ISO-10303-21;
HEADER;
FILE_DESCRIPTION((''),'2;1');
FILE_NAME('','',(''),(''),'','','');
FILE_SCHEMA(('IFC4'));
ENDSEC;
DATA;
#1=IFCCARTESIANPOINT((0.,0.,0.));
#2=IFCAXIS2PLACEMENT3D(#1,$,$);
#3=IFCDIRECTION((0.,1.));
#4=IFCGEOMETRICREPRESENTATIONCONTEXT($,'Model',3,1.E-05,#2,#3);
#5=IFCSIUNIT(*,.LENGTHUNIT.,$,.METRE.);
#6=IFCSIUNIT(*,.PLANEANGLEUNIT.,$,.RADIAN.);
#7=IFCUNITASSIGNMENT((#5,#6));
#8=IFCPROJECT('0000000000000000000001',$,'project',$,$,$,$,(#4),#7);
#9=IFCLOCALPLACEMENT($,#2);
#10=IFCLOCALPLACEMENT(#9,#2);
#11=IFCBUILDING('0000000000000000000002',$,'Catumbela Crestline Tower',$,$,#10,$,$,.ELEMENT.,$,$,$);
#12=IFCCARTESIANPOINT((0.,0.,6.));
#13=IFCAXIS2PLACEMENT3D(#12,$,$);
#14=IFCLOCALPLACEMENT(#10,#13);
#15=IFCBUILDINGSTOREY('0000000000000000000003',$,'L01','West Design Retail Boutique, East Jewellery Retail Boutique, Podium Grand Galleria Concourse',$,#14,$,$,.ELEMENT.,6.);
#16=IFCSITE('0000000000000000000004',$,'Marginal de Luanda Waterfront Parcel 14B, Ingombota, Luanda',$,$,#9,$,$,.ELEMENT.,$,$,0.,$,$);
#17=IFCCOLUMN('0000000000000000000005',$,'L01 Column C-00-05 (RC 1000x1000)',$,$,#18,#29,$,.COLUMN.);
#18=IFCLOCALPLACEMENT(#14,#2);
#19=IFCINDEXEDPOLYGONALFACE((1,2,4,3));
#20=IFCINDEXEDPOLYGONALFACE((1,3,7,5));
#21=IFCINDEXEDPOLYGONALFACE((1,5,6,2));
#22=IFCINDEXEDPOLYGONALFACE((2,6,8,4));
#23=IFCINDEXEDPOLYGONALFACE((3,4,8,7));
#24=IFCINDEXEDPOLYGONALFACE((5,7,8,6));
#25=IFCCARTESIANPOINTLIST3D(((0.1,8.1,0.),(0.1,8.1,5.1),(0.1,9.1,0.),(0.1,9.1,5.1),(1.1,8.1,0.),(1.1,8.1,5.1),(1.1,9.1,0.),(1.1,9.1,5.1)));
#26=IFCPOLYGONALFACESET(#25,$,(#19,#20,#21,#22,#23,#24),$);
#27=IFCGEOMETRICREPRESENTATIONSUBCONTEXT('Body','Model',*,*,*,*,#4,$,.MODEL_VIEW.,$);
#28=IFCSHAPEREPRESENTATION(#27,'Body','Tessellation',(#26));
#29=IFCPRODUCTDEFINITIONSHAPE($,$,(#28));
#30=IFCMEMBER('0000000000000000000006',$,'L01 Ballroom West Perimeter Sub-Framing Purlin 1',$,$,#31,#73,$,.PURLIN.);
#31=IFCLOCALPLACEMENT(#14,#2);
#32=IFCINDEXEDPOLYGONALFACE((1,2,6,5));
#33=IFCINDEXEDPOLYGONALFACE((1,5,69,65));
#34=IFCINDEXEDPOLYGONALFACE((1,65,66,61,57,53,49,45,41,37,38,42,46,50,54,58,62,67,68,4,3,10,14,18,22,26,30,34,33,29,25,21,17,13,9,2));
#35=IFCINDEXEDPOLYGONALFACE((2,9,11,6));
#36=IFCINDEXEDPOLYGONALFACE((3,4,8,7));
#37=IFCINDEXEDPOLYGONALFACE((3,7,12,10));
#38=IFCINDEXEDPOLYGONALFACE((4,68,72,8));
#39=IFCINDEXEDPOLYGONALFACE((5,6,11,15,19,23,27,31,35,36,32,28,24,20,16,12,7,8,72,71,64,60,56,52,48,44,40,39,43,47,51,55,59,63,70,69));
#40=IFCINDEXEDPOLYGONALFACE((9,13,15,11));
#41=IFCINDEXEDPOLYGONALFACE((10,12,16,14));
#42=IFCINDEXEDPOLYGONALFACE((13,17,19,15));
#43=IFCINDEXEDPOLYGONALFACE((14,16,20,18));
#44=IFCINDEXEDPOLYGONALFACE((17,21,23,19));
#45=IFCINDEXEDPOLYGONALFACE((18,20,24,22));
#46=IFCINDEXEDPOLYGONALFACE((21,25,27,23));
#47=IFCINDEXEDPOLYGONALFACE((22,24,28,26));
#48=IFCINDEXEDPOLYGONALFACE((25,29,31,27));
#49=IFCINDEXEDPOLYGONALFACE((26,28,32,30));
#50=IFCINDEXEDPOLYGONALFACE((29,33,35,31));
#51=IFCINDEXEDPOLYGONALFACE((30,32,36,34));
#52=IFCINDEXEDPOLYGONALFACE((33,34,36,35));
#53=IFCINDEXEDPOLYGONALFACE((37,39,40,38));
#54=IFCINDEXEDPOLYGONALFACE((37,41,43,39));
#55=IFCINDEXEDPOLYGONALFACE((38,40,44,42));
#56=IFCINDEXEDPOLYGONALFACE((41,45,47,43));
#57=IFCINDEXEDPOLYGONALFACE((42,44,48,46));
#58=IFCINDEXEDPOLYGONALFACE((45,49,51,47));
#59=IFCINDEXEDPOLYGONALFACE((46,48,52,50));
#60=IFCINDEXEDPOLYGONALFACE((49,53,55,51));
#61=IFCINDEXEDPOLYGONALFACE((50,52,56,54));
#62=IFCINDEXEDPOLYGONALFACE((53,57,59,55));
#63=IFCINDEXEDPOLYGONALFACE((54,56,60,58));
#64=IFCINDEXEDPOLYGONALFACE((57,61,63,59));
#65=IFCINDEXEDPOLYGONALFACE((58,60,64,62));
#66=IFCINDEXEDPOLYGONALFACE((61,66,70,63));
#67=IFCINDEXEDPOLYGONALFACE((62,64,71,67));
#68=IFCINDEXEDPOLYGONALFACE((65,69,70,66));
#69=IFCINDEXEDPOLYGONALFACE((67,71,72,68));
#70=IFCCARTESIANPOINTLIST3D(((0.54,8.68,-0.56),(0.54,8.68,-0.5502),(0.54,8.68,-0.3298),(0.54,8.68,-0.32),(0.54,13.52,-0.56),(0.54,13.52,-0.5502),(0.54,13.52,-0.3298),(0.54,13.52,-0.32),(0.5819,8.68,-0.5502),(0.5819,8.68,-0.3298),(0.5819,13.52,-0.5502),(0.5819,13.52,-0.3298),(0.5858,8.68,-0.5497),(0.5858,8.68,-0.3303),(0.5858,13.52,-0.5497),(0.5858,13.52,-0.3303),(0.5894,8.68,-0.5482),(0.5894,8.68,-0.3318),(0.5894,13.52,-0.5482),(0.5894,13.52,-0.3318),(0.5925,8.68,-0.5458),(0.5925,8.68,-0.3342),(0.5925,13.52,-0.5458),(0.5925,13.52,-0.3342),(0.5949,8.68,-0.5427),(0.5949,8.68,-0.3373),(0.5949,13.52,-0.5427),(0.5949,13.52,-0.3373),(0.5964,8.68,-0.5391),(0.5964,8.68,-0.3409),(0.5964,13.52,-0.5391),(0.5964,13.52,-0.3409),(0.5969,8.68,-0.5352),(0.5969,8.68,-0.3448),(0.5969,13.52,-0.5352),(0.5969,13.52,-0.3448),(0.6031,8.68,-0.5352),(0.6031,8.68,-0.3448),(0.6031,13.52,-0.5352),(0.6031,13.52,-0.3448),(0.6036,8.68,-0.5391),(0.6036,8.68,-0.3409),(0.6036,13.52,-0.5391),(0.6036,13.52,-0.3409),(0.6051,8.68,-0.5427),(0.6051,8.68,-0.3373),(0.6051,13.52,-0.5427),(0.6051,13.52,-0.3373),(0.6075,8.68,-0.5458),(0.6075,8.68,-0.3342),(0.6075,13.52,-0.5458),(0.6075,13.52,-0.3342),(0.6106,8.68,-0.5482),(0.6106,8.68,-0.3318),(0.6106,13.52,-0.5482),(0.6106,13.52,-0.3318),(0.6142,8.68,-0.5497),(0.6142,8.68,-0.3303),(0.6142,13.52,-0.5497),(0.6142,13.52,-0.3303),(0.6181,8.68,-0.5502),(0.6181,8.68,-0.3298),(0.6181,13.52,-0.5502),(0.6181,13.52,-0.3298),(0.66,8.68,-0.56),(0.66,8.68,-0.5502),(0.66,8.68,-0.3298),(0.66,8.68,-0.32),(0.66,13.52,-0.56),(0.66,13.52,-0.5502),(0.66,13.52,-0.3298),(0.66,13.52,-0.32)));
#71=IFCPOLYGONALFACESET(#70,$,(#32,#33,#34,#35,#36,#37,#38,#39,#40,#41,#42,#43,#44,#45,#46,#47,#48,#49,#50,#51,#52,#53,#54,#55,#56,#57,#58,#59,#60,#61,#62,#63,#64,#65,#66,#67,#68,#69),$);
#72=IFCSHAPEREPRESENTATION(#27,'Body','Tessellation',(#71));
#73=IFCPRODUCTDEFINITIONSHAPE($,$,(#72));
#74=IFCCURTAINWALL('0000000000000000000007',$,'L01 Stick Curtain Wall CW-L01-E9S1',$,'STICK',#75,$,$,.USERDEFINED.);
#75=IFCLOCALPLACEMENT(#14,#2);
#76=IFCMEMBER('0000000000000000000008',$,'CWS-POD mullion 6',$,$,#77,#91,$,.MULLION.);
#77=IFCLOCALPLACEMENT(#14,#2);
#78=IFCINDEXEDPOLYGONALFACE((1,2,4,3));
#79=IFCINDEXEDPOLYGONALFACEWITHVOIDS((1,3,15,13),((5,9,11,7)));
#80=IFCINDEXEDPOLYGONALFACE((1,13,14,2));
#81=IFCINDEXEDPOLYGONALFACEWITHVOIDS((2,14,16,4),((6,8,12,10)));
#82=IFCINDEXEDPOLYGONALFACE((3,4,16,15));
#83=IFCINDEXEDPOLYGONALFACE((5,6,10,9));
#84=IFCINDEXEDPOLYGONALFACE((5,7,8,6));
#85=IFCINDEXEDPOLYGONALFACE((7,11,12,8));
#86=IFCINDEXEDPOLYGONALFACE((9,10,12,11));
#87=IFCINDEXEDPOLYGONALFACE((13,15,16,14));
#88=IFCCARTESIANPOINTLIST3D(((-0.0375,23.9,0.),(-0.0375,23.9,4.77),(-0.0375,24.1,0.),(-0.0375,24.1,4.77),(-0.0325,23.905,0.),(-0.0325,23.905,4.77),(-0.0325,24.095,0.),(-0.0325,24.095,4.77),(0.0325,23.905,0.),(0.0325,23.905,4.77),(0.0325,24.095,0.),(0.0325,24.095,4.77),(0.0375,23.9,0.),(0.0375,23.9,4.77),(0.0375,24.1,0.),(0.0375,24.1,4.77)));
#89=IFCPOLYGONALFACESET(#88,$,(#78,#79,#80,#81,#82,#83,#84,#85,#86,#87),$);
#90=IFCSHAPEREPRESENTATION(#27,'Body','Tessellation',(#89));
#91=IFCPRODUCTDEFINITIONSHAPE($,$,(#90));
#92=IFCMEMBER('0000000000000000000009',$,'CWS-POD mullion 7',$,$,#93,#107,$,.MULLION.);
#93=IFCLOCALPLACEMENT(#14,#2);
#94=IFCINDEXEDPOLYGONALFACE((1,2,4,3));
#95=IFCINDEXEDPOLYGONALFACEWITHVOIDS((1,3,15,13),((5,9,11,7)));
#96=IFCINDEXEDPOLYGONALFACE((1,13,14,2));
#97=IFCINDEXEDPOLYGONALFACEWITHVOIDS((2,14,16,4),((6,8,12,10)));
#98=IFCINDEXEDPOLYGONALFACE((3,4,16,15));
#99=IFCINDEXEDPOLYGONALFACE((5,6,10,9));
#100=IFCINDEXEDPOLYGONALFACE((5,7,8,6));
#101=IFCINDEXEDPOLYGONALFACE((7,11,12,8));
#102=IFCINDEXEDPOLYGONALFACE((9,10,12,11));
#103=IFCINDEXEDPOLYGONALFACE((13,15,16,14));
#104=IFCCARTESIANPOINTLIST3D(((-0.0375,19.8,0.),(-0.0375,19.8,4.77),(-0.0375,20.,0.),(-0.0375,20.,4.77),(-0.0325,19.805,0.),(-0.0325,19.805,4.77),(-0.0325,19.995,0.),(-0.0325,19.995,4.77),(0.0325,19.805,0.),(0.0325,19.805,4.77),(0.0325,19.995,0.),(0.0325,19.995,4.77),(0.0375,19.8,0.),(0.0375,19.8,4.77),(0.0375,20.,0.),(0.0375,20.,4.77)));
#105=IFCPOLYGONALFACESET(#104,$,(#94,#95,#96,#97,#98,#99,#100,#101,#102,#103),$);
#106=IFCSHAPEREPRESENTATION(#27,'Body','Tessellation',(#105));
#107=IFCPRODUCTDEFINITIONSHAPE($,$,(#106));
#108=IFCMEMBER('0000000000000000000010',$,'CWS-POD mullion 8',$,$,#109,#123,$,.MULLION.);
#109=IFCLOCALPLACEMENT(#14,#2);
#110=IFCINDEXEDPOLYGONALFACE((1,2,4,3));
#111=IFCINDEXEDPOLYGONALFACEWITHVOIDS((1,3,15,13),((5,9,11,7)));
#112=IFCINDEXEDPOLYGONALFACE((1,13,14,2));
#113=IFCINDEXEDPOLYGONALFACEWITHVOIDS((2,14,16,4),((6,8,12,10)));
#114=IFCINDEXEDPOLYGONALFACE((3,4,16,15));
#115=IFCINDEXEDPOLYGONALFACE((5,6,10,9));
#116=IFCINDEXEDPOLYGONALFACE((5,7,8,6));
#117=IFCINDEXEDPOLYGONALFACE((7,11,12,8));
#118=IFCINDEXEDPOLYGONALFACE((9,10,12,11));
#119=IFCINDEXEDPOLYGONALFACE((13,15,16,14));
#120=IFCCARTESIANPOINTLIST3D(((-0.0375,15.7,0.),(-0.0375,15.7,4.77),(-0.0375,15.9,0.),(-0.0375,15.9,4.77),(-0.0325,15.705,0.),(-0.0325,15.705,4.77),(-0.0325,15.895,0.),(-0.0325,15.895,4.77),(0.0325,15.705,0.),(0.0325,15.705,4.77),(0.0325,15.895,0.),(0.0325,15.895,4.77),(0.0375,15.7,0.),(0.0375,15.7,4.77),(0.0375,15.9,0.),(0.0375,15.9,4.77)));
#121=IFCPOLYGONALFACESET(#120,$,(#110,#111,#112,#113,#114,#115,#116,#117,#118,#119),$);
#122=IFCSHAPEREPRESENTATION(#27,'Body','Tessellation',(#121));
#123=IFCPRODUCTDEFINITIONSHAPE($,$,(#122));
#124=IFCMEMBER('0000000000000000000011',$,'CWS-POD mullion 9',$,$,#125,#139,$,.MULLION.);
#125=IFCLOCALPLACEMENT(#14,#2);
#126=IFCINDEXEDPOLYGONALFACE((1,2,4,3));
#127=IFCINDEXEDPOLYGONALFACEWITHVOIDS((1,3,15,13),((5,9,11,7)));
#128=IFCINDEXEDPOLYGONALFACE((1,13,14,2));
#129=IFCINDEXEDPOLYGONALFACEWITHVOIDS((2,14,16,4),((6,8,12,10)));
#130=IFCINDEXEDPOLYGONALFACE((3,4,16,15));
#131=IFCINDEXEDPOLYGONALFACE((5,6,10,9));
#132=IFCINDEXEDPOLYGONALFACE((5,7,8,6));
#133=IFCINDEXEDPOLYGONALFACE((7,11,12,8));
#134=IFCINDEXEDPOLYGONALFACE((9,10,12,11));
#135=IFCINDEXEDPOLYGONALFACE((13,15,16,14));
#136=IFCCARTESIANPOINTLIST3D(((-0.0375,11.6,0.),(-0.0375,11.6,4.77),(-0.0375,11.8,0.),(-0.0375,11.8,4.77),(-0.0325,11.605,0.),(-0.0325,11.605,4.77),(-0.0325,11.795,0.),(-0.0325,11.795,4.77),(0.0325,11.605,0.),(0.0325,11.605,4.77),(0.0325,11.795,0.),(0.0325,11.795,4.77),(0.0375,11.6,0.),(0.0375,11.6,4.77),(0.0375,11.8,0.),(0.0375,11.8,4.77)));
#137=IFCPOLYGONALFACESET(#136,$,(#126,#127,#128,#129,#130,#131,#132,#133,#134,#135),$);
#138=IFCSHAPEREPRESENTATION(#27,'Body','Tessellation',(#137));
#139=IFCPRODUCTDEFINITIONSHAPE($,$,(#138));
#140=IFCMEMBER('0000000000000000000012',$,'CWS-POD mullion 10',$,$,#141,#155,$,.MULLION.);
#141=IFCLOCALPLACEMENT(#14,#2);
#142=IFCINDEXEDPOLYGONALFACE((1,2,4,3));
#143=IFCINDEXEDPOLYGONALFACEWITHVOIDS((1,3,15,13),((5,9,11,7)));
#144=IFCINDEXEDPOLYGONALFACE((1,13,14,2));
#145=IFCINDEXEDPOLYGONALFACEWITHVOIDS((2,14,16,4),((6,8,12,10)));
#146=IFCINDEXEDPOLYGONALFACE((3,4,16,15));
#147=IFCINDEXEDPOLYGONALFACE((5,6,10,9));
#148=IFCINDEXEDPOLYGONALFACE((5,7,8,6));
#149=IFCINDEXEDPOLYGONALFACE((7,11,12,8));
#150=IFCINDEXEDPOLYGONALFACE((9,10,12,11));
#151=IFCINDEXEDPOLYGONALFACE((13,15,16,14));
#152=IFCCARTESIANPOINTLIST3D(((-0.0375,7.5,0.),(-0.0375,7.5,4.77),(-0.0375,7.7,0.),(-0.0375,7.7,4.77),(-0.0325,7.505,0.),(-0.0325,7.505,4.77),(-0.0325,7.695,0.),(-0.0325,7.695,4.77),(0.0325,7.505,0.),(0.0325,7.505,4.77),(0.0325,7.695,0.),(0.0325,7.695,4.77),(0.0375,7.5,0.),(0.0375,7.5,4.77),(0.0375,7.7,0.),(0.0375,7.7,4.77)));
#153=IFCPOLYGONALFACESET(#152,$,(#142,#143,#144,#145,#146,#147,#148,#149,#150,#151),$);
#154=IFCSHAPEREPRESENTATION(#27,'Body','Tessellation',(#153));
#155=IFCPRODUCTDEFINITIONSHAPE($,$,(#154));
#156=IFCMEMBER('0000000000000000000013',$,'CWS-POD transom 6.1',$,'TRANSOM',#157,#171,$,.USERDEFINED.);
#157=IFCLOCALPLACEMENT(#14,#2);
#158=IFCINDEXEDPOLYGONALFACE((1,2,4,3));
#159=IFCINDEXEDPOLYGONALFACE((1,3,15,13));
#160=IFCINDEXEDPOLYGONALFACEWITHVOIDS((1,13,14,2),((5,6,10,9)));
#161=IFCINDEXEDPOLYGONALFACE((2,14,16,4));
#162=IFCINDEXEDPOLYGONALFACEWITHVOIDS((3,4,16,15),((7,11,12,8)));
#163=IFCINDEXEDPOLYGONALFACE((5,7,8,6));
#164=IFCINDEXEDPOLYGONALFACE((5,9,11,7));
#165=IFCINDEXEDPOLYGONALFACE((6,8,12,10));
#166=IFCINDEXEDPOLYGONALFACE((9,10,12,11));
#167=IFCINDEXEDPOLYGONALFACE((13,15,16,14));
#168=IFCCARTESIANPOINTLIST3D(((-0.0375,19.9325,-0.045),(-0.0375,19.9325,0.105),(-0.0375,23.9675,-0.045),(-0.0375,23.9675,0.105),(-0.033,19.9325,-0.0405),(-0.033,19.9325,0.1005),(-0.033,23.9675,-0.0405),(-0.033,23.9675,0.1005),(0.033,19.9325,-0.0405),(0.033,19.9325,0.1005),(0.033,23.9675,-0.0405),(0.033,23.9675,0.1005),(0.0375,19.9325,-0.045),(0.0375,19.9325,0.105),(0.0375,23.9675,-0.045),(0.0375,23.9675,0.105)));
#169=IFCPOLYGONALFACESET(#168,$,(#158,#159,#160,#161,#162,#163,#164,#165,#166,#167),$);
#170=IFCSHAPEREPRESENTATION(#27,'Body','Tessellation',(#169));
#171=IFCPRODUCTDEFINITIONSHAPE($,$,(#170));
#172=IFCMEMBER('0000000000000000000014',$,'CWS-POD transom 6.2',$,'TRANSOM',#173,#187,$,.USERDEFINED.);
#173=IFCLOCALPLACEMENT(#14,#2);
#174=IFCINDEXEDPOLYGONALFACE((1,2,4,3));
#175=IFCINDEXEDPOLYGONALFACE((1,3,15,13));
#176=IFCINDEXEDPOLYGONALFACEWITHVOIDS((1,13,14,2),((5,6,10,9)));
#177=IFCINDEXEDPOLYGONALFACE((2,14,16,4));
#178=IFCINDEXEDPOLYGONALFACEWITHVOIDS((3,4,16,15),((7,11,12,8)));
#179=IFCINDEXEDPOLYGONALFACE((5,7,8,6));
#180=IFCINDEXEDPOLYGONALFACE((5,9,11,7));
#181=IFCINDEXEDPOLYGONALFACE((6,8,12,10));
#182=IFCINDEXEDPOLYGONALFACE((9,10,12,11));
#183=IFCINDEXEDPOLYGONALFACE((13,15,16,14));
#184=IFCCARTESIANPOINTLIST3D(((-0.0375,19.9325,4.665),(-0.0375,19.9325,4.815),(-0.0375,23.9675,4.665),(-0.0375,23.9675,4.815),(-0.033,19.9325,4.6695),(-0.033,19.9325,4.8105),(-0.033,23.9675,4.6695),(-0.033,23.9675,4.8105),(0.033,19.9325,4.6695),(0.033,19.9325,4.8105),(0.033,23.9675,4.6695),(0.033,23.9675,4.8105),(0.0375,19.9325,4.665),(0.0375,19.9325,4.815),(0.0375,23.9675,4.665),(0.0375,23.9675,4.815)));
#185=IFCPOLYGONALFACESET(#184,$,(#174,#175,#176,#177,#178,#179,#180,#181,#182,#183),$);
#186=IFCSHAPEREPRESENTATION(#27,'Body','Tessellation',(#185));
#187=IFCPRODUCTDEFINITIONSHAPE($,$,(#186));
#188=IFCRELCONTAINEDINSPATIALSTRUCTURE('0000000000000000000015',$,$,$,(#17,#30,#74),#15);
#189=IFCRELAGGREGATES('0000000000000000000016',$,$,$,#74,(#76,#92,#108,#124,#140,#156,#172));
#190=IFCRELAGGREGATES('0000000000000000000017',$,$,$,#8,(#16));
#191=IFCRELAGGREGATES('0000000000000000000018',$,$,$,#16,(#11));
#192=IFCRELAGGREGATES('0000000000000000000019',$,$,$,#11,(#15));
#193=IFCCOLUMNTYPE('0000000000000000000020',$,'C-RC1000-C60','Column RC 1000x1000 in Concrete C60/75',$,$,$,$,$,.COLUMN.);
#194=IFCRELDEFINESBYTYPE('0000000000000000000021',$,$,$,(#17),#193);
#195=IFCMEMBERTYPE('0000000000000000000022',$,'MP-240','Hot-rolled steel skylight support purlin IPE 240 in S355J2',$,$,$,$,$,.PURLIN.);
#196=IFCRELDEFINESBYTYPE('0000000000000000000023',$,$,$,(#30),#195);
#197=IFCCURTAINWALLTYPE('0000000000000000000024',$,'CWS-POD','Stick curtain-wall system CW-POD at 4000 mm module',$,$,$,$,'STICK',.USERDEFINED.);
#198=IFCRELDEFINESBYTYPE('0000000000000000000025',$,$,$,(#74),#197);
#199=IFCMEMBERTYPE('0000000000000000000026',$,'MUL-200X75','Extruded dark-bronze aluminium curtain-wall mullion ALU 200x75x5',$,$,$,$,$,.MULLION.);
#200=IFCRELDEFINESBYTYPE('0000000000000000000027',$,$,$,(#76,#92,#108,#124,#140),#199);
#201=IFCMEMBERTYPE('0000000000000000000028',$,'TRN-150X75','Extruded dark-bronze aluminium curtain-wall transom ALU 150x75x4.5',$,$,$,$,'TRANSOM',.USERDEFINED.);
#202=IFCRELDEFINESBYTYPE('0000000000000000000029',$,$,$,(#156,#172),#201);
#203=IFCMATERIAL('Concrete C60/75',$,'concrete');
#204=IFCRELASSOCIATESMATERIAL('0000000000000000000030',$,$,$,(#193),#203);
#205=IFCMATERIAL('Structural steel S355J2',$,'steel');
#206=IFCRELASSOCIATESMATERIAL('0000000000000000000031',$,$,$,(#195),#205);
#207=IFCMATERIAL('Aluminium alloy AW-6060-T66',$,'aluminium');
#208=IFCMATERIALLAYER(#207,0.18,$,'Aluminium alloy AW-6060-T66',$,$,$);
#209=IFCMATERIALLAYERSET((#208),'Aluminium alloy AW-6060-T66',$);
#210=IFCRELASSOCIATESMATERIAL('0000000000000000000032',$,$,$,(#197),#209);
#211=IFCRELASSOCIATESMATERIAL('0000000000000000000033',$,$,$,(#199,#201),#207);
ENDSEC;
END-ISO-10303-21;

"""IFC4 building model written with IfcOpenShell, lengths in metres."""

from ifc_helpers import new_model, si_unit, direction, frame, origin, origin_2d, place, context, subcontext, project, spatial, rectangle, hollow_rectangle, i_section, extrude, material, layer, layer_set, material_profile, profile_set, type_object, element, aggregate, save


model = new_model("IFC4")

# Units and contexts
model_context = context("Model", 3, precision=1e-05, world=origin(), true_north=direction((0.0, 1.0)))
body_context = subcontext(model_context, "Body", "Model", "MODEL_VIEW")
ifc_project = project(units=[si_unit("LENGTHUNIT", "METRE"), si_unit("PLANEANGLEUNIT", "RADIAN")], contexts=[model_context])

# Site, building, storey
site_placement = place(None, origin())
site = spatial("IfcSite", under=ifc_project, at=site_placement, Name="Marginal de Luanda Waterfront Parcel 14B, Ingombota, Luanda", CompositionType="ELEMENT", RefElevation=0.0)
building_placement = place(site_placement, origin())
building = spatial("IfcBuilding", under=site, at=building_placement, Name="Catumbela Crestline Tower", CompositionType="ELEMENT")
storey_placement = place(building_placement, frame((0.0, 0.0, 6.0)))
storey = spatial("IfcBuildingStorey", under=building, at=storey_placement, Name="L01", Description="West Design Retail Boutique, East Jewellery Retail Boutique, Podium Grand Galleria Concourse", CompositionType="ELEMENT", Elevation=6.0)

# Column
ifc_material_1 = material(Name="Concrete C60/75", Category="concrete")
ifc_material_profile_1 = material_profile(ifc_material_1, rectangle(XDim=1.0, YDim=1.0, at=origin_2d()), Name="RC 1000x1000")
ifc_profile_set_1 = profile_set([ifc_material_profile_1], Name="Concrete C60/75")
column_type = type_object("IfcColumnType", Name="C-RC1000-C60", Description="Column RC 1000x1000 in Concrete C60/75", PredefinedType="COLUMN", material=ifc_profile_set_1)
column_placement = place(storey_placement, frame((0.6, 8.6, 0.0), z_axis=(0.0, 0.0, 1.0), x_axis=(1.0, 0.0, 0.0)))
element("IfcColumn", 1, at=column_placement, inside=storey, type_object=column_type, Name="L01 Column C-00-05 (RC 1000x1000)", PredefinedType="COLUMN", context=body_context, shape_type="SweptSolid", body=[
    extrude(rectangle(XDim=1.0, YDim=1.0, at=origin_2d()), origin(), (0.0, 0.0, 1.0), 5.1),
])

# Member
ifc_material_2 = material(Name="Structural steel S355J2", Category="steel")
ifc_material_profile_2 = material_profile(ifc_material_2, i_section(OverallWidth=0.12, OverallDepth=0.24, WebThickness=0.0062, FlangeThickness=0.0098, FilletRadius=0.015, at=origin_2d()), Name="IPE 240")
ifc_profile_set_2 = profile_set([ifc_material_profile_2], Name="Structural steel S355J2")
member_type_1 = type_object("IfcMemberType", Name="MP-240", Description="Hot-rolled steel skylight support purlin IPE 240 in S355J2", PredefinedType="PURLIN", material=ifc_profile_set_2)
member_1_placement = place(storey_placement, frame((0.6, 8.68, -0.44), z_axis=(0.0, 1.0, 0.0), x_axis=(-1.0, 0.0, 0.0)))
element("IfcMember", 2, at=member_1_placement, inside=storey, type_object=member_type_1, Name="L01 Ballroom West Perimeter Sub-Framing Purlin 1", PredefinedType="PURLIN", context=body_context, shape_type="SweptSolid", body=[
    extrude(i_section(OverallWidth=0.12, OverallDepth=0.24, WebThickness=0.0062, FlangeThickness=0.0098, FilletRadius=0.015, at=origin_2d()), origin(), (0.0, 0.0, 1.0), 4.84),
])

# Curtain wall, members
ifc_material_3 = material(Name="Aluminium alloy AW-6060-T66", Category="aluminium")
ifc_layer_1 = layer(ifc_material_3, 0.18, Name="Aluminium alloy AW-6060-T66")
ifc_layer_set_1 = layer_set([ifc_layer_1], Name="Aluminium alloy AW-6060-T66")
curtain_wall_type = type_object("IfcCurtainWallType", Name="CWS-POD", Description="Stick curtain-wall system CW-POD at 4000 mm module", ElementType="STICK", PredefinedType="USERDEFINED", material=ifc_layer_set_1)
curtain_wall_placement = place(storey_placement, origin())
curtain_wall = element("IfcCurtainWall", 3, at=curtain_wall_placement, inside=storey, type_object=curtain_wall_type, Name="L01 Stick Curtain Wall CW-L01-E9S1", ObjectType="STICK", PredefinedType="USERDEFINED")
ifc_material_profile_3 = material_profile(ifc_material_3, hollow_rectangle(XDim=0.075, YDim=0.2, WallThickness=0.005, at=origin_2d()), Name="ALU 200x75x5")
ifc_profile_set_3 = profile_set([ifc_material_profile_3], Name="Aluminium alloy AW-6060-T66")
member_type_2 = type_object("IfcMemberType", Name="MUL-200X75", Description="Extruded dark-bronze aluminium curtain-wall mullion ALU 200x75x5", PredefinedType="MULLION", material=ifc_profile_set_3)
member_2_placement = place(storey_placement, frame((0.0, 24.0, 0.0), z_axis=(0.0, 0.0, 1.0), x_axis=(1.0, 0.0, 0.0)))
member_2 = element("IfcMember", 4, at=member_2_placement, type_object=member_type_2, Name="CWS-POD mullion 6", PredefinedType="MULLION", context=body_context, shape_type="SweptSolid", body=[
    extrude(hollow_rectangle(XDim=0.075, YDim=0.2, WallThickness=0.005, at=origin_2d()), origin(), (0.0, 0.0, 1.0), 4.77),
])
member_3_placement = place(storey_placement, frame((0.0, 19.9, 0.0), z_axis=(0.0, 0.0, 1.0), x_axis=(1.0, 0.0, 0.0)))
member_3 = element("IfcMember", 5, at=member_3_placement, type_object=member_type_2, Name="CWS-POD mullion 7", PredefinedType="MULLION", context=body_context, shape_type="SweptSolid", body=[
    extrude(hollow_rectangle(XDim=0.075, YDim=0.2, WallThickness=0.005, at=origin_2d()), origin(), (0.0, 0.0, 1.0), 4.77),
])
member_4_placement = place(storey_placement, frame((0.0, 15.8, 0.0), z_axis=(0.0, 0.0, 1.0), x_axis=(1.0, 0.0, 0.0)))
member_4 = element("IfcMember", 6, at=member_4_placement, type_object=member_type_2, Name="CWS-POD mullion 8", PredefinedType="MULLION", context=body_context, shape_type="SweptSolid", body=[
    extrude(hollow_rectangle(XDim=0.075, YDim=0.2, WallThickness=0.005, at=origin_2d()), origin(), (0.0, 0.0, 1.0), 4.77),
])
member_5_placement = place(storey_placement, frame((0.0, 11.7, 0.0), z_axis=(0.0, 0.0, 1.0), x_axis=(1.0, 0.0, 0.0)))
member_5 = element("IfcMember", 7, at=member_5_placement, type_object=member_type_2, Name="CWS-POD mullion 9", PredefinedType="MULLION", context=body_context, shape_type="SweptSolid", body=[
    extrude(hollow_rectangle(XDim=0.075, YDim=0.2, WallThickness=0.005, at=origin_2d()), origin(), (0.0, 0.0, 1.0), 4.77),
])
member_6_placement = place(storey_placement, frame((0.0, 7.6, 0.0), z_axis=(0.0, 0.0, 1.0), x_axis=(1.0, 0.0, 0.0)))
member_6 = element("IfcMember", 8, at=member_6_placement, type_object=member_type_2, Name="CWS-POD mullion 10", PredefinedType="MULLION", context=body_context, shape_type="SweptSolid", body=[
    extrude(hollow_rectangle(XDim=0.075, YDim=0.2, WallThickness=0.005, at=origin_2d()), origin(), (0.0, 0.0, 1.0), 4.77),
])
ifc_material_profile_4 = material_profile(ifc_material_3, hollow_rectangle(XDim=0.075, YDim=0.15, WallThickness=0.0045, at=origin_2d()), Name="ALU 150x75x4.5")
ifc_profile_set_4 = profile_set([ifc_material_profile_4], Name="Aluminium alloy AW-6060-T66")
member_type_3 = type_object("IfcMemberType", Name="TRN-150X75", Description="Extruded dark-bronze aluminium curtain-wall transom ALU 150x75x4.5", ElementType="TRANSOM", PredefinedType="USERDEFINED", material=ifc_profile_set_4)
member_7_placement = place(storey_placement, frame((0.0, 23.9675, 0.03), z_axis=(0.0, -1.0, 0.0), x_axis=(1.0, 0.0, 0.0)))
member_7 = element("IfcMember", 9, at=member_7_placement, type_object=member_type_3, Name="CWS-POD transom 6.1", ObjectType="TRANSOM", PredefinedType="USERDEFINED", context=body_context, shape_type="SweptSolid", body=[
    extrude(hollow_rectangle(XDim=0.075, YDim=0.15, WallThickness=0.0045, at=origin_2d()), origin(), (0.0, 0.0, 1.0), 4.035),
])
member_8_placement = place(storey_placement, frame((0.0, 23.9675, 4.74), z_axis=(0.0, -1.0, 0.0), x_axis=(1.0, 0.0, 0.0)))
member_8 = element("IfcMember", 10, at=member_8_placement, type_object=member_type_3, Name="CWS-POD transom 6.2", ObjectType="TRANSOM", PredefinedType="USERDEFINED", context=body_context, shape_type="SweptSolid", body=[
    extrude(hollow_rectangle(XDim=0.075, YDim=0.15, WallThickness=0.0045, at=origin_2d()), origin(), (0.0, 0.0, 1.0), 4.035),
])
aggregate(curtain_wall, [member_2, member_3, member_4, member_5, member_6, member_7, member_8])

save(model, "model.ifc")
